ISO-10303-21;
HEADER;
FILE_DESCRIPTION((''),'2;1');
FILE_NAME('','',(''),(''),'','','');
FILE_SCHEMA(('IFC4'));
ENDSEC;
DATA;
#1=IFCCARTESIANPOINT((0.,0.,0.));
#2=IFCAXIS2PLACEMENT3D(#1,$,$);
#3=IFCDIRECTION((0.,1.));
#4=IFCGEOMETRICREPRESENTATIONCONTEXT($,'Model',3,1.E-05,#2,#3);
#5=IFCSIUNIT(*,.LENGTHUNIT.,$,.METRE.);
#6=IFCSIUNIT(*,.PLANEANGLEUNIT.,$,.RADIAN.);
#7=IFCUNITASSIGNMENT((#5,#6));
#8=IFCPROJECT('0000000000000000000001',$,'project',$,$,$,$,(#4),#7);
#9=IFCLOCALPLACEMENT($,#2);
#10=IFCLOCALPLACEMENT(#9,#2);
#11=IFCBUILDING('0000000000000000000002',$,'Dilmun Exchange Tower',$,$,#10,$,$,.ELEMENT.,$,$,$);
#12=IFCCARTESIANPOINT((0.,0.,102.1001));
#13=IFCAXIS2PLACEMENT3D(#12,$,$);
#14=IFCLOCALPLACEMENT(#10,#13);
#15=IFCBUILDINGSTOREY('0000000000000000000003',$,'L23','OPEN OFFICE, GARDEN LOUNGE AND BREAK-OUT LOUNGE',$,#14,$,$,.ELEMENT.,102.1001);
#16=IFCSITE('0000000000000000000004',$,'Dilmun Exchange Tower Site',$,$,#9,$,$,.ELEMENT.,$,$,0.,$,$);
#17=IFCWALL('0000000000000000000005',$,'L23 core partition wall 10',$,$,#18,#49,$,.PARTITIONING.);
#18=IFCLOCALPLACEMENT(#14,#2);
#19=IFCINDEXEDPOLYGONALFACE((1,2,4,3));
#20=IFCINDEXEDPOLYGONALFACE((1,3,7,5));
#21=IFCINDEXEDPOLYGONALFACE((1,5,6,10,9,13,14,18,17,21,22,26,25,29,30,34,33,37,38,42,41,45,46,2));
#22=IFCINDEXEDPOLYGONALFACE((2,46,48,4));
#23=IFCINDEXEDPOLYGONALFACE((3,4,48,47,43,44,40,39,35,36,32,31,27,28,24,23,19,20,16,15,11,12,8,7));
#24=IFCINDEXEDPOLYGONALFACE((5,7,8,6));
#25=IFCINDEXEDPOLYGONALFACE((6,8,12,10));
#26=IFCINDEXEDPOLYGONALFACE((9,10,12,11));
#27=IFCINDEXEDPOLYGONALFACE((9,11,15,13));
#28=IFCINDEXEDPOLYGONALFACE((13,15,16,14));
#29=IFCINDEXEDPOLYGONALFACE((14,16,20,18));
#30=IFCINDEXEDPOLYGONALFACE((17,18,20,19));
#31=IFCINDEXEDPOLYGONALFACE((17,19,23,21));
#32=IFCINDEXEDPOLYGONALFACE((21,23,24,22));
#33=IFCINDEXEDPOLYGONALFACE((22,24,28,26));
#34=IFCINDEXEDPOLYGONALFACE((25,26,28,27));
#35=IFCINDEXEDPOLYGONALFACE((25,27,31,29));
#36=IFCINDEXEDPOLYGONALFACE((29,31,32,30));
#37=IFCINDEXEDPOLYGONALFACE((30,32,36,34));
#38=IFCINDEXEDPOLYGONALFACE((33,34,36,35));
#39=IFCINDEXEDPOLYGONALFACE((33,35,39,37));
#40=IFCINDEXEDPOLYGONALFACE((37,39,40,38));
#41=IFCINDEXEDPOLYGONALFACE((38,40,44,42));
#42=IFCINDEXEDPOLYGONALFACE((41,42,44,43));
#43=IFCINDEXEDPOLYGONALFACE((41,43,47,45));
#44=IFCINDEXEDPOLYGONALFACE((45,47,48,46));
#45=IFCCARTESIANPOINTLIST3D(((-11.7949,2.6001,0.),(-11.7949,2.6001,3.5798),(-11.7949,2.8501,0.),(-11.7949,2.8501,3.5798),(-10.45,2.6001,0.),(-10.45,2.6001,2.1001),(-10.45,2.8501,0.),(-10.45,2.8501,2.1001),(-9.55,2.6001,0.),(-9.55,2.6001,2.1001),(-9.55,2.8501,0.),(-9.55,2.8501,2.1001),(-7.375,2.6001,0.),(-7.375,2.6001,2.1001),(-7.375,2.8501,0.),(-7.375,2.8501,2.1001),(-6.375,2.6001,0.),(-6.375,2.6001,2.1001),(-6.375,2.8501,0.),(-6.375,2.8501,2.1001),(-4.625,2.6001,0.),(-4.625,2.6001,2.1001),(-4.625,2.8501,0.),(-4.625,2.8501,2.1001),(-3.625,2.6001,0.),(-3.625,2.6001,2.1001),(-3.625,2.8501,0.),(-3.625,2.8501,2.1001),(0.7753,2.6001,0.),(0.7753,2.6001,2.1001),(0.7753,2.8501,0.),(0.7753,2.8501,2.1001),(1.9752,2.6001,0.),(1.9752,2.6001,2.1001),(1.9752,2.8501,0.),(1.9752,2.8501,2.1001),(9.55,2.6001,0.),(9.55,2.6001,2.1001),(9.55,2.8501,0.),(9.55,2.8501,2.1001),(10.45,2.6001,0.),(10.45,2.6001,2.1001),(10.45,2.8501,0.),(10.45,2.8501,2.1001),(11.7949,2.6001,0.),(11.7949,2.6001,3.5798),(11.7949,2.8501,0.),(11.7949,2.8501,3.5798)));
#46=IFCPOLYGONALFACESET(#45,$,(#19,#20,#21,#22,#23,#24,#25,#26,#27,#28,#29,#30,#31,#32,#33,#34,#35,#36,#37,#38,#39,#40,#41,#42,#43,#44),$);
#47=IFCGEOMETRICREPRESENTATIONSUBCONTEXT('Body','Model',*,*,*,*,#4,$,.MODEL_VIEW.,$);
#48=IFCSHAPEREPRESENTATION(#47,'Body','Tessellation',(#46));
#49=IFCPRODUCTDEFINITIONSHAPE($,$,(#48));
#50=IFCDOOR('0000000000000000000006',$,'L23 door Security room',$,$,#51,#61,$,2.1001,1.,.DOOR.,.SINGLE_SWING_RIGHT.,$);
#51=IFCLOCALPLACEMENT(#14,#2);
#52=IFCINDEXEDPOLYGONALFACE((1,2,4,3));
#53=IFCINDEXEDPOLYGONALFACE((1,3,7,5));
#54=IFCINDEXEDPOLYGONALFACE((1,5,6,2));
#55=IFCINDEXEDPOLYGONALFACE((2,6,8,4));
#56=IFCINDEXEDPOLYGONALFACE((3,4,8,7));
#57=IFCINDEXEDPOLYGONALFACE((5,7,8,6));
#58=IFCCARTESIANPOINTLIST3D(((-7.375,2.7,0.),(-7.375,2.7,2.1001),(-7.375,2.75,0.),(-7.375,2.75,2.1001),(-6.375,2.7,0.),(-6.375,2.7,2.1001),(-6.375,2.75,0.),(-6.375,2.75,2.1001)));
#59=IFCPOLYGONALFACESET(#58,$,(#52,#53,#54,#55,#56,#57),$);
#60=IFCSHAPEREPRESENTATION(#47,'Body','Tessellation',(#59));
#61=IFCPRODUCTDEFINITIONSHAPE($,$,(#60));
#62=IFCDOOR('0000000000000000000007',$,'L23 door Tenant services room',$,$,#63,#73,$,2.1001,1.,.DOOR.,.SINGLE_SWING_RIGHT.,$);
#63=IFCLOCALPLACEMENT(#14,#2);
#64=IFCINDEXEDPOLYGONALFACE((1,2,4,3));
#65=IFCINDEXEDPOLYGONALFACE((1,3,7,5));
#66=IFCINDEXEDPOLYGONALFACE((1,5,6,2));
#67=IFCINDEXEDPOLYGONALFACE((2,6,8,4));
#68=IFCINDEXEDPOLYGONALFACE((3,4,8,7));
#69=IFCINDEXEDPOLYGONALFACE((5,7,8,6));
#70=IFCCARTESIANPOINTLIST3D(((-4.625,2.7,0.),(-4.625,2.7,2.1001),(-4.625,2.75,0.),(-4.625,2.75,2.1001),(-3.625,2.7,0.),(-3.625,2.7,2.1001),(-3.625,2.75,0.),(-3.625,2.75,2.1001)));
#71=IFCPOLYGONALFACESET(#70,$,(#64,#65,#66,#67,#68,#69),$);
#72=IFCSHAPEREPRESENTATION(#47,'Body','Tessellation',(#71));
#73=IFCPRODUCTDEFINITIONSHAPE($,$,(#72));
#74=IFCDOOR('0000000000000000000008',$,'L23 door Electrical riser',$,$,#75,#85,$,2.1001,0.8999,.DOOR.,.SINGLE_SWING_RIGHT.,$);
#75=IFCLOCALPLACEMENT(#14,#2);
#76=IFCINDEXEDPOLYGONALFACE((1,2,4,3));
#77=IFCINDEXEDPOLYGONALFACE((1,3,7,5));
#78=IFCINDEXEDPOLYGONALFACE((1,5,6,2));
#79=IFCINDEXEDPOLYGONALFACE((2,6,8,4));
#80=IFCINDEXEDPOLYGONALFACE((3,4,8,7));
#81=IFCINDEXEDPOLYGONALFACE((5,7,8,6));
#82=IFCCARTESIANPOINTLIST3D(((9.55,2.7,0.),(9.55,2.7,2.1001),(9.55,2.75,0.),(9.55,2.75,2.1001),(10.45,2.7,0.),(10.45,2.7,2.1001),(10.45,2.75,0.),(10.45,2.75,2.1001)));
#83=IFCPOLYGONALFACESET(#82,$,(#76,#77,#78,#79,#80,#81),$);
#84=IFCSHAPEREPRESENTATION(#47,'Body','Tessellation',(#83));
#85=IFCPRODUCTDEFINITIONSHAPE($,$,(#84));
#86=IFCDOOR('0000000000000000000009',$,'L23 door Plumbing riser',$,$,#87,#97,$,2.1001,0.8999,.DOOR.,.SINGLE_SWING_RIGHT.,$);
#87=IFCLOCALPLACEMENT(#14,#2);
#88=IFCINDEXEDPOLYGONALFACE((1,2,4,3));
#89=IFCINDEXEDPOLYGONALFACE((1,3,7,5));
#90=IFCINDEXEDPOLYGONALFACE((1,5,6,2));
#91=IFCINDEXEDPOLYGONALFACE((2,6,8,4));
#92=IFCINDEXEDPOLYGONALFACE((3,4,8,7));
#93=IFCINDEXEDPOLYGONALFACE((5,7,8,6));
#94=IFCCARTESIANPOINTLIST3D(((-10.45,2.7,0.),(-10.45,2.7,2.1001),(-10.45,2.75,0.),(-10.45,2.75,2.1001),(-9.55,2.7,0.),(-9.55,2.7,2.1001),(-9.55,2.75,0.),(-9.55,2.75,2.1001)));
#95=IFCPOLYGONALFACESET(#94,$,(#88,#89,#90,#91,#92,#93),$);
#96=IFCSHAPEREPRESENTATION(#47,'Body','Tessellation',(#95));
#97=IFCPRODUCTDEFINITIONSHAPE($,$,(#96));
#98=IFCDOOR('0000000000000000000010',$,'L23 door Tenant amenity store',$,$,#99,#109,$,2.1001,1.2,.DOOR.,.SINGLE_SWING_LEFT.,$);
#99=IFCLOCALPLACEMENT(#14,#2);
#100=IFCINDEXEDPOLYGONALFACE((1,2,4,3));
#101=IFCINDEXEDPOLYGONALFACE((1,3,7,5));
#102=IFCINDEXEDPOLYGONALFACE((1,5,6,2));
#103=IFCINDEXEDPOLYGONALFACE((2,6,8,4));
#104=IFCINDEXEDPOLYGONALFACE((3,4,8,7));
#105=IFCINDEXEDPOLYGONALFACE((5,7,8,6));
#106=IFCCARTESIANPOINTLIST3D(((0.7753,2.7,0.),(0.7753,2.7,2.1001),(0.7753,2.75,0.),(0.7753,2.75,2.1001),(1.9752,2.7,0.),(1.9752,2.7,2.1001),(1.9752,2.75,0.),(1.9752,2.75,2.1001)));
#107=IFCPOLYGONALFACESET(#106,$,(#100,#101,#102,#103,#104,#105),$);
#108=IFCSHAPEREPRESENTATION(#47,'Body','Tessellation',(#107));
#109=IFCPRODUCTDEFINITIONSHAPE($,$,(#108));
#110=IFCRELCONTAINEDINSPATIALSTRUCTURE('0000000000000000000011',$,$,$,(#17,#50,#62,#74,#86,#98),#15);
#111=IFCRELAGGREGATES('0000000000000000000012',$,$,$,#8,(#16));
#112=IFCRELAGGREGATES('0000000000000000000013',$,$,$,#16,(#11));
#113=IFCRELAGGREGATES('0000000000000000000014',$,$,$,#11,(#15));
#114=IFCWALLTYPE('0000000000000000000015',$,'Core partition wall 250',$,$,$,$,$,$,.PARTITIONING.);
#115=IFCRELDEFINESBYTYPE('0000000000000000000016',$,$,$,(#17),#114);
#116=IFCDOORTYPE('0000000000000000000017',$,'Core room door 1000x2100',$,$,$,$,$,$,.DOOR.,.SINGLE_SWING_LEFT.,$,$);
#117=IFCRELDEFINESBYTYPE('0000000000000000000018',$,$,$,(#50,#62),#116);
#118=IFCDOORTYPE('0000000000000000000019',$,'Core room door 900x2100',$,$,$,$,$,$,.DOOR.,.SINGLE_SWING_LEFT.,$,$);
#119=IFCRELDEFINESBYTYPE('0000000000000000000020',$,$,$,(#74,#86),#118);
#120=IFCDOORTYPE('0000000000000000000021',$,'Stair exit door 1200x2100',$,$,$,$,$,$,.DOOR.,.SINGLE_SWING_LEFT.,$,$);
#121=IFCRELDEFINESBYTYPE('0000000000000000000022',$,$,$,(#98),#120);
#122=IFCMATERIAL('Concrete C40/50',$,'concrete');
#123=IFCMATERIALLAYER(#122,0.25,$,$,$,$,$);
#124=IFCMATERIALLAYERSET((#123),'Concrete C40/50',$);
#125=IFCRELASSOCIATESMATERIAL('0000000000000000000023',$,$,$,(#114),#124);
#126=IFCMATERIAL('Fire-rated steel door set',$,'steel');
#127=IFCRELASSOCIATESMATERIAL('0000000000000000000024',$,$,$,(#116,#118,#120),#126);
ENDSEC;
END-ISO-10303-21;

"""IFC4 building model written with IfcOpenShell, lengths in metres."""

from ifc_helpers import new_model, si_unit, direction, frame, frame_2d, origin, place, context, subcontext, project, spatial, rectangle, extrude, material, layer, layer_set, type_object, element, fill, save


model = new_model("IFC4")

# Units and contexts
model_context = context("Model", 3, precision=1e-05, world=origin(), true_north=direction((0.0, 1.0)))
body_context = subcontext(model_context, "Body", "Model", "MODEL_VIEW")
ifc_project = project(units=[si_unit("LENGTHUNIT", "METRE"), si_unit("PLANEANGLEUNIT", "RADIAN")], contexts=[model_context])

# Site, building, storey
site_placement = place(None, origin())
site = spatial("IfcSite", under=ifc_project, at=site_placement, Name="Dilmun Exchange Tower Site", CompositionType="ELEMENT", RefElevation=0.0)
building_placement = place(site_placement, origin())
building = spatial("IfcBuilding", under=site, at=building_placement, Name="Dilmun Exchange Tower", CompositionType="ELEMENT")
storey_placement = place(building_placement, frame((0.0, 0.0, 102.1001)))
storey = spatial("IfcBuildingStorey", under=building, at=storey_placement, Name="L23", Description="OPEN OFFICE, GARDEN LOUNGE AND BREAK-OUT LOUNGE", CompositionType="ELEMENT", Elevation=102.1001)

# Shared definitions
ifc_material_1 = material(Name="Concrete C40/50", Category="concrete")

# Wall, openings, doors
ifc_layer_1 = layer(ifc_material_1, 0.25)
ifc_layer_set_1 = layer_set([ifc_layer_1], Name="Concrete C40/50")
wall_type_1 = type_object("IfcWallType", Name="Core partition wall 250", PredefinedType="PARTITIONING", material=ifc_layer_set_1)
wall_1_placement = place(storey_placement, frame((-11.7949, 2.7251, 0.0), z_axis=(0.0, 0.0, 1.0), x_axis=(1.0, 0.0, 0.0)))
wall_1 = element("IfcWall", 1, at=wall_1_placement, inside=storey, type_object=wall_type_1, Name="L23 core partition wall 10", PredefinedType="PARTITIONING", context=body_context, shape_type="SweptSolid", body=[
    extrude(rectangle(XDim=23.5898, YDim=0.25, at=frame_2d((11.7949, 0.0))), origin(), (0.0, 0.0, 1.0), 3.5798),
])
opening_1_placement = place(wall_1_placement, frame((21.345, 0.0, 0.0)))
opening_1 = element("IfcOpeningElement", 2, at=opening_1_placement, cuts=wall_1, PredefinedType="OPENING", context=body_context, shape_type="SweptSolid", body=[
    extrude(rectangle(XDim=0.8999, YDim=2.1001, at=frame_2d((0.45, 1.05))), frame((0.0, 0.135, 0.0), z_axis=(0.0, -1.0, 0.0), x_axis=(1.0, 0.0, 0.0)), (0.0, 0.0, 1.0), 0.27),
])
opening_2_placement = place(wall_1_placement, frame((1.345, 0.0, 0.0)))
opening_2 = element("IfcOpeningElement", 3, at=opening_2_placement, cuts=wall_1, PredefinedType="OPENING", context=body_context, shape_type="SweptSolid", body=[
    extrude(rectangle(XDim=0.8999, YDim=2.1001, at=frame_2d((0.45, 1.05))), frame((0.0, 0.135, 0.0), z_axis=(0.0, -1.0, 0.0), x_axis=(1.0, 0.0, 0.0)), (0.0, 0.0, 1.0), 0.27),
])
opening_3_placement = place(wall_1_placement, frame((4.4199, 0.0, 0.0)))
opening_3 = element("IfcOpeningElement", 4, at=opening_3_placement, cuts=wall_1, PredefinedType="OPENING", context=body_context, shape_type="SweptSolid", body=[
    extrude(rectangle(XDim=1.0, YDim=2.1001, at=frame_2d((0.5, 1.05))), frame((0.0, 0.135, 0.0), z_axis=(0.0, -1.0, 0.0), x_axis=(1.0, 0.0, 0.0)), (0.0, 0.0, 1.0), 0.27),
])
opening_4_placement = place(wall_1_placement, frame((7.1699, 0.0, 0.0)))
opening_4 = element("IfcOpeningElement", 5, at=opening_4_placement, cuts=wall_1, PredefinedType="OPENING", context=body_context, shape_type="SweptSolid", body=[
    extrude(rectangle(XDim=1.0, YDim=2.1001, at=frame_2d((0.5, 1.05))), frame((0.0, 0.135, 0.0), z_axis=(0.0, -1.0, 0.0), x_axis=(1.0, 0.0, 0.0)), (0.0, 0.0, 1.0), 0.27),
])
opening_5_placement = place(wall_1_placement, frame((12.5701, 0.0, 0.0)))
opening_5 = element("IfcOpeningElement", 6, at=opening_5_placement, cuts=wall_1, PredefinedType="OPENING", context=body_context, shape_type="SweptSolid", body=[
    extrude(rectangle(XDim=1.2, YDim=2.1001, at=frame_2d((0.6001, 1.05))), frame((0.0, 0.135, 0.0), z_axis=(0.0, -1.0, 0.0), x_axis=(1.0, 0.0, 0.0)), (0.0, 0.0, 1.0), 0.27),
])
ifc_material_2 = material(Name="Fire-rated steel door set", Category="steel")
door_type_1 = type_object("IfcDoorType", Name="Core room door 1000x2100", OperationType="SINGLE_SWING_LEFT", PredefinedType="DOOR", material=ifc_material_2)
door_1_placement = place(opening_3_placement, origin())
door_1 = element("IfcDoor", 7, at=door_1_placement, inside=storey, type_object=door_type_1, Name="L23 door Security room", OperationType="SINGLE_SWING_RIGHT", OverallHeight=2.1001, OverallWidth=1.0, PredefinedType="DOOR", context=body_context, shape_type="SweptSolid", body=[
    extrude(rectangle(XDim=1.0, YDim=2.1001, at=frame_2d((0.5, 1.05))), frame((0.0, 0.0249, 0.0), z_axis=(0.0, -1.0, 0.0), x_axis=(1.0, 0.0, 0.0)), (0.0, 0.0, 1.0), 0.05),
])
fill(opening_3, door_1)
door_2_placement = place(opening_4_placement, origin())
door_2 = element("IfcDoor", 8, at=door_2_placement, inside=storey, type_object=door_type_1, Name="L23 door Tenant services room", OperationType="SINGLE_SWING_RIGHT", OverallHeight=2.1001, OverallWidth=1.0, PredefinedType="DOOR", context=body_context, shape_type="SweptSolid", body=[
    extrude(rectangle(XDim=1.0, YDim=2.1001, at=frame_2d((0.5, 1.05))), frame((0.0, 0.0249, 0.0), z_axis=(0.0, -1.0, 0.0), x_axis=(1.0, 0.0, 0.0)), (0.0, 0.0, 1.0), 0.05),
])
fill(opening_4, door_2)
door_type_2 = type_object("IfcDoorType", Name="Core room door 900x2100", OperationType="SINGLE_SWING_LEFT", PredefinedType="DOOR", material=ifc_material_2)
door_3_placement = place(opening_1_placement, origin())
door_3 = element("IfcDoor", 9, at=door_3_placement, inside=storey, type_object=door_type_2, Name="L23 door Electrical riser", OperationType="SINGLE_SWING_RIGHT", OverallHeight=2.1001, OverallWidth=0.8999, PredefinedType="DOOR", context=body_context, shape_type="SweptSolid", body=[
    extrude(rectangle(XDim=0.8999, YDim=2.1001, at=frame_2d((0.45, 1.05))), frame((0.0, 0.0249, 0.0), z_axis=(0.0, -1.0, 0.0), x_axis=(1.0, 0.0, 0.0)), (0.0, 0.0, 1.0), 0.05),
])
fill(opening_1, door_3)
door_4_placement = place(opening_2_placement, origin())
door_4 = element("IfcDoor", 10, at=door_4_placement, inside=storey, type_object=door_type_2, Name="L23 door Plumbing riser", OperationType="SINGLE_SWING_RIGHT", OverallHeight=2.1001, OverallWidth=0.8999, PredefinedType="DOOR", context=body_context, shape_type="SweptSolid", body=[
    extrude(rectangle(XDim=0.8999, YDim=2.1001, at=frame_2d((0.45, 1.05))), frame((0.0, 0.0249, 0.0), z_axis=(0.0, -1.0, 0.0), x_axis=(1.0, 0.0, 0.0)), (0.0, 0.0, 1.0), 0.05),
])
fill(opening_2, door_4)
door_type_3 = type_object("IfcDoorType", Name="Stair exit door 1200x2100", OperationType="SINGLE_SWING_LEFT", PredefinedType="DOOR", material=ifc_material_2)
door_5_placement = place(opening_5_placement, origin())
door_5 = element("IfcDoor", 11, at=door_5_placement, inside=storey, type_object=door_type_3, Name="L23 door Tenant amenity store", OperationType="SINGLE_SWING_LEFT", OverallHeight=2.1001, OverallWidth=1.2, PredefinedType="DOOR", context=body_context, shape_type="SweptSolid", body=[
    extrude(rectangle(XDim=1.2, YDim=2.1001, at=frame_2d((0.6001, 1.05))), frame((0.0, 0.0249, 0.0), z_axis=(0.0, -1.0, 0.0), x_axis=(1.0, 0.0, 0.0)), (0.0, 0.0, 1.0), 0.05),
])
fill(opening_5, door_5)

save(model, "model.ifc")
